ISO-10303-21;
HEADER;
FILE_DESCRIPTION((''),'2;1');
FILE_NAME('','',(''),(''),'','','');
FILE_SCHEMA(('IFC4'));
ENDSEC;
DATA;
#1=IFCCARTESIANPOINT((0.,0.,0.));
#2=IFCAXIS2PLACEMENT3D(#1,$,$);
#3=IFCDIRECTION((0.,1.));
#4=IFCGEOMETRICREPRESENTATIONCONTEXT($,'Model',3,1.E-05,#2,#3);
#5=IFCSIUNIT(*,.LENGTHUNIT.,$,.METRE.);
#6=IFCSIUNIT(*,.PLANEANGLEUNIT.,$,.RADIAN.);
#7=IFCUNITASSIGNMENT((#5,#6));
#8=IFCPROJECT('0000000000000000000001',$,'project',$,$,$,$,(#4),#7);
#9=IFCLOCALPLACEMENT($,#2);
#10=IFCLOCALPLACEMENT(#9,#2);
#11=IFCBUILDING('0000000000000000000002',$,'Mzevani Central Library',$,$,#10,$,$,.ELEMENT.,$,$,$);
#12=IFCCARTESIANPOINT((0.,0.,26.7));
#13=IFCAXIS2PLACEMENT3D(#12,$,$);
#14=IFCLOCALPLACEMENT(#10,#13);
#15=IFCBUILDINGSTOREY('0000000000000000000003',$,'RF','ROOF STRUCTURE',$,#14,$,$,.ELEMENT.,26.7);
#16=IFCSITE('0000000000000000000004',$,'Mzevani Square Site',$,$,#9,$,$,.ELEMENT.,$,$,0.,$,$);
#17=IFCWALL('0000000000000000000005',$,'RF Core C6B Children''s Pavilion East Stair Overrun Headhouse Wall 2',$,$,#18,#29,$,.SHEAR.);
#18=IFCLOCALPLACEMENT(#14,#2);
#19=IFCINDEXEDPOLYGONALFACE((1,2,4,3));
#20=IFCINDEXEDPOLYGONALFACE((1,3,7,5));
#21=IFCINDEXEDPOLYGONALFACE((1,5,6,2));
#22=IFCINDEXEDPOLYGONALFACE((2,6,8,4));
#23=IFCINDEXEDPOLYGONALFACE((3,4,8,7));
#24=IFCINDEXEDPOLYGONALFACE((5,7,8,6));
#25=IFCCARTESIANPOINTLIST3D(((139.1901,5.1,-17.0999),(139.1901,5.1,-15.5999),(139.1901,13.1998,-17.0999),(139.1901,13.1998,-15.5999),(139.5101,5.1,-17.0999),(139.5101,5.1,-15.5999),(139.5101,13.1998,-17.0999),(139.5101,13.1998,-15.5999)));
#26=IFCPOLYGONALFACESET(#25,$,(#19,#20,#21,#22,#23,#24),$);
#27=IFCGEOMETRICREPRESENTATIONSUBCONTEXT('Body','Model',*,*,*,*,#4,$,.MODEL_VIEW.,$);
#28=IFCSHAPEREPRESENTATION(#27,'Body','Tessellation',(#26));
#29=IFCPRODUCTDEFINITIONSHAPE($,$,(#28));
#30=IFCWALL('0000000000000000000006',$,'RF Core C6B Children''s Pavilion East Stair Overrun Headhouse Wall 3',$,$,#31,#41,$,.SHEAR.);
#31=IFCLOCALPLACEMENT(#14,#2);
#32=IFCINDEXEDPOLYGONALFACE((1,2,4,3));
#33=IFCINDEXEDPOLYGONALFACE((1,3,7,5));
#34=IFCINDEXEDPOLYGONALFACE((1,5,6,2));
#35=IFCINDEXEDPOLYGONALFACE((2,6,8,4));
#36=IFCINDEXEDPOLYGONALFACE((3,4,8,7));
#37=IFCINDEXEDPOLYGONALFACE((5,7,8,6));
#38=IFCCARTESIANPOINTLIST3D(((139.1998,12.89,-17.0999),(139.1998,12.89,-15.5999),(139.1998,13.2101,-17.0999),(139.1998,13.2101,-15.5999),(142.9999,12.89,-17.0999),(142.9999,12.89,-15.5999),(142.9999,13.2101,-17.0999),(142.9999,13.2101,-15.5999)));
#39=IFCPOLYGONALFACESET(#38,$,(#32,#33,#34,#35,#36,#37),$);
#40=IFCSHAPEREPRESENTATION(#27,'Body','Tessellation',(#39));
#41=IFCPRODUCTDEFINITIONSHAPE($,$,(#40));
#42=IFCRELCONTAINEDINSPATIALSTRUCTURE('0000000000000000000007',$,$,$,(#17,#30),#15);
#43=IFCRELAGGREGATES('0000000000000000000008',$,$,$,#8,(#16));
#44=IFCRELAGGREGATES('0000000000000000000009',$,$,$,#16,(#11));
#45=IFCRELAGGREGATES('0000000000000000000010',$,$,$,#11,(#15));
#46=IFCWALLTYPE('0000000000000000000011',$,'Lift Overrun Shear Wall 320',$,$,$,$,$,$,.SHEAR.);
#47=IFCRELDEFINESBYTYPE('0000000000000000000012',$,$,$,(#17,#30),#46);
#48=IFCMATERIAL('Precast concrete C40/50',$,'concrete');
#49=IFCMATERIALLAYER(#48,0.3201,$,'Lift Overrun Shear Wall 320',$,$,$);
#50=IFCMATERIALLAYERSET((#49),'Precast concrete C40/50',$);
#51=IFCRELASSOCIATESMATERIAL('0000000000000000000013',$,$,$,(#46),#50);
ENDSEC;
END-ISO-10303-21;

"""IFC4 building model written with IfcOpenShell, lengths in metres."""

from ifc_helpers import new_model, si_unit, direction, frame, frame_2d, origin, place, context, subcontext, project, spatial, rectangle, extrude, material, layer, layer_set, type_object, element, save


model = new_model("IFC4")

# Units and contexts
model_context = context("Model", 3, precision=1e-05, world=origin(), true_north=direction((0.0, 1.0)))
body_context = subcontext(model_context, "Body", "Model", "MODEL_VIEW")
ifc_project = project(units=[si_unit("LENGTHUNIT", "METRE"), si_unit("PLANEANGLEUNIT", "RADIAN")], contexts=[model_context])

# Site, building, storey
site_placement = place(None, origin())
site = spatial("IfcSite", under=ifc_project, at=site_placement, Name="Mzevani Square Site", CompositionType="ELEMENT", RefElevation=0.0)
building_placement = place(site_placement, origin())
building = spatial("IfcBuilding", under=site, at=building_placement, Name="Mzevani Central Library", CompositionType="ELEMENT")
storey_placement = place(building_placement, frame((0.0, 0.0, 26.7)))
storey = spatial("IfcBuildingStorey", under=building, at=storey_placement, Name="RF", Description="ROOF STRUCTURE", CompositionType="ELEMENT", Elevation=26.7)

# Shared definitions
ifc_material_1 = material(Name="Precast concrete C40/50", Category="concrete")

# Walls
ifc_layer_1 = layer(ifc_material_1, 0.3201, Name="Lift Overrun Shear Wall 320")
ifc_layer_set_1 = layer_set([ifc_layer_1], Name="Precast concrete C40/50")
wall_type = type_object("IfcWallType", Name="Lift Overrun Shear Wall 320", PredefinedType="SHEAR", material=ifc_layer_set_1)
wall_1_placement = place(storey_placement, frame((139.3501, 5.1001, -17.0999), z_axis=(0.0, 0.0, 1.0), x_axis=(0.0, 1.0, 0.0)))
element("IfcWall", 1, at=wall_1_placement, inside=storey, type_object=wall_type, Name="RF Core C6B Children's Pavilion East Stair Overrun Headhouse Wall 2", PredefinedType="SHEAR", context=body_context, shape_type="SweptSolid", body=[
    extrude(rectangle(XDim=8.0999, YDim=0.3201, at=frame_2d((4.0498, 0.0))), origin(), (0.0, 0.0, 1.0), 1.5),
])
wall_2_placement = place(storey_placement, frame((139.2, 13.05, -17.0999), z_axis=(0.0, 0.0, 1.0), x_axis=(1.0, 0.0, 0.0)))
element("IfcWall", 2, at=wall_2_placement, inside=storey, type_object=wall_type, Name="RF Core C6B Children's Pavilion East Stair Overrun Headhouse Wall 3", PredefinedType="SHEAR", context=body_context, shape_type="SweptSolid", body=[
    extrude(rectangle(XDim=3.8, YDim=0.3201, at=frame_2d((1.8999, 0.0))), origin(), (0.0, 0.0, 1.0), 1.5),
])

save(model, "model.ifc")
